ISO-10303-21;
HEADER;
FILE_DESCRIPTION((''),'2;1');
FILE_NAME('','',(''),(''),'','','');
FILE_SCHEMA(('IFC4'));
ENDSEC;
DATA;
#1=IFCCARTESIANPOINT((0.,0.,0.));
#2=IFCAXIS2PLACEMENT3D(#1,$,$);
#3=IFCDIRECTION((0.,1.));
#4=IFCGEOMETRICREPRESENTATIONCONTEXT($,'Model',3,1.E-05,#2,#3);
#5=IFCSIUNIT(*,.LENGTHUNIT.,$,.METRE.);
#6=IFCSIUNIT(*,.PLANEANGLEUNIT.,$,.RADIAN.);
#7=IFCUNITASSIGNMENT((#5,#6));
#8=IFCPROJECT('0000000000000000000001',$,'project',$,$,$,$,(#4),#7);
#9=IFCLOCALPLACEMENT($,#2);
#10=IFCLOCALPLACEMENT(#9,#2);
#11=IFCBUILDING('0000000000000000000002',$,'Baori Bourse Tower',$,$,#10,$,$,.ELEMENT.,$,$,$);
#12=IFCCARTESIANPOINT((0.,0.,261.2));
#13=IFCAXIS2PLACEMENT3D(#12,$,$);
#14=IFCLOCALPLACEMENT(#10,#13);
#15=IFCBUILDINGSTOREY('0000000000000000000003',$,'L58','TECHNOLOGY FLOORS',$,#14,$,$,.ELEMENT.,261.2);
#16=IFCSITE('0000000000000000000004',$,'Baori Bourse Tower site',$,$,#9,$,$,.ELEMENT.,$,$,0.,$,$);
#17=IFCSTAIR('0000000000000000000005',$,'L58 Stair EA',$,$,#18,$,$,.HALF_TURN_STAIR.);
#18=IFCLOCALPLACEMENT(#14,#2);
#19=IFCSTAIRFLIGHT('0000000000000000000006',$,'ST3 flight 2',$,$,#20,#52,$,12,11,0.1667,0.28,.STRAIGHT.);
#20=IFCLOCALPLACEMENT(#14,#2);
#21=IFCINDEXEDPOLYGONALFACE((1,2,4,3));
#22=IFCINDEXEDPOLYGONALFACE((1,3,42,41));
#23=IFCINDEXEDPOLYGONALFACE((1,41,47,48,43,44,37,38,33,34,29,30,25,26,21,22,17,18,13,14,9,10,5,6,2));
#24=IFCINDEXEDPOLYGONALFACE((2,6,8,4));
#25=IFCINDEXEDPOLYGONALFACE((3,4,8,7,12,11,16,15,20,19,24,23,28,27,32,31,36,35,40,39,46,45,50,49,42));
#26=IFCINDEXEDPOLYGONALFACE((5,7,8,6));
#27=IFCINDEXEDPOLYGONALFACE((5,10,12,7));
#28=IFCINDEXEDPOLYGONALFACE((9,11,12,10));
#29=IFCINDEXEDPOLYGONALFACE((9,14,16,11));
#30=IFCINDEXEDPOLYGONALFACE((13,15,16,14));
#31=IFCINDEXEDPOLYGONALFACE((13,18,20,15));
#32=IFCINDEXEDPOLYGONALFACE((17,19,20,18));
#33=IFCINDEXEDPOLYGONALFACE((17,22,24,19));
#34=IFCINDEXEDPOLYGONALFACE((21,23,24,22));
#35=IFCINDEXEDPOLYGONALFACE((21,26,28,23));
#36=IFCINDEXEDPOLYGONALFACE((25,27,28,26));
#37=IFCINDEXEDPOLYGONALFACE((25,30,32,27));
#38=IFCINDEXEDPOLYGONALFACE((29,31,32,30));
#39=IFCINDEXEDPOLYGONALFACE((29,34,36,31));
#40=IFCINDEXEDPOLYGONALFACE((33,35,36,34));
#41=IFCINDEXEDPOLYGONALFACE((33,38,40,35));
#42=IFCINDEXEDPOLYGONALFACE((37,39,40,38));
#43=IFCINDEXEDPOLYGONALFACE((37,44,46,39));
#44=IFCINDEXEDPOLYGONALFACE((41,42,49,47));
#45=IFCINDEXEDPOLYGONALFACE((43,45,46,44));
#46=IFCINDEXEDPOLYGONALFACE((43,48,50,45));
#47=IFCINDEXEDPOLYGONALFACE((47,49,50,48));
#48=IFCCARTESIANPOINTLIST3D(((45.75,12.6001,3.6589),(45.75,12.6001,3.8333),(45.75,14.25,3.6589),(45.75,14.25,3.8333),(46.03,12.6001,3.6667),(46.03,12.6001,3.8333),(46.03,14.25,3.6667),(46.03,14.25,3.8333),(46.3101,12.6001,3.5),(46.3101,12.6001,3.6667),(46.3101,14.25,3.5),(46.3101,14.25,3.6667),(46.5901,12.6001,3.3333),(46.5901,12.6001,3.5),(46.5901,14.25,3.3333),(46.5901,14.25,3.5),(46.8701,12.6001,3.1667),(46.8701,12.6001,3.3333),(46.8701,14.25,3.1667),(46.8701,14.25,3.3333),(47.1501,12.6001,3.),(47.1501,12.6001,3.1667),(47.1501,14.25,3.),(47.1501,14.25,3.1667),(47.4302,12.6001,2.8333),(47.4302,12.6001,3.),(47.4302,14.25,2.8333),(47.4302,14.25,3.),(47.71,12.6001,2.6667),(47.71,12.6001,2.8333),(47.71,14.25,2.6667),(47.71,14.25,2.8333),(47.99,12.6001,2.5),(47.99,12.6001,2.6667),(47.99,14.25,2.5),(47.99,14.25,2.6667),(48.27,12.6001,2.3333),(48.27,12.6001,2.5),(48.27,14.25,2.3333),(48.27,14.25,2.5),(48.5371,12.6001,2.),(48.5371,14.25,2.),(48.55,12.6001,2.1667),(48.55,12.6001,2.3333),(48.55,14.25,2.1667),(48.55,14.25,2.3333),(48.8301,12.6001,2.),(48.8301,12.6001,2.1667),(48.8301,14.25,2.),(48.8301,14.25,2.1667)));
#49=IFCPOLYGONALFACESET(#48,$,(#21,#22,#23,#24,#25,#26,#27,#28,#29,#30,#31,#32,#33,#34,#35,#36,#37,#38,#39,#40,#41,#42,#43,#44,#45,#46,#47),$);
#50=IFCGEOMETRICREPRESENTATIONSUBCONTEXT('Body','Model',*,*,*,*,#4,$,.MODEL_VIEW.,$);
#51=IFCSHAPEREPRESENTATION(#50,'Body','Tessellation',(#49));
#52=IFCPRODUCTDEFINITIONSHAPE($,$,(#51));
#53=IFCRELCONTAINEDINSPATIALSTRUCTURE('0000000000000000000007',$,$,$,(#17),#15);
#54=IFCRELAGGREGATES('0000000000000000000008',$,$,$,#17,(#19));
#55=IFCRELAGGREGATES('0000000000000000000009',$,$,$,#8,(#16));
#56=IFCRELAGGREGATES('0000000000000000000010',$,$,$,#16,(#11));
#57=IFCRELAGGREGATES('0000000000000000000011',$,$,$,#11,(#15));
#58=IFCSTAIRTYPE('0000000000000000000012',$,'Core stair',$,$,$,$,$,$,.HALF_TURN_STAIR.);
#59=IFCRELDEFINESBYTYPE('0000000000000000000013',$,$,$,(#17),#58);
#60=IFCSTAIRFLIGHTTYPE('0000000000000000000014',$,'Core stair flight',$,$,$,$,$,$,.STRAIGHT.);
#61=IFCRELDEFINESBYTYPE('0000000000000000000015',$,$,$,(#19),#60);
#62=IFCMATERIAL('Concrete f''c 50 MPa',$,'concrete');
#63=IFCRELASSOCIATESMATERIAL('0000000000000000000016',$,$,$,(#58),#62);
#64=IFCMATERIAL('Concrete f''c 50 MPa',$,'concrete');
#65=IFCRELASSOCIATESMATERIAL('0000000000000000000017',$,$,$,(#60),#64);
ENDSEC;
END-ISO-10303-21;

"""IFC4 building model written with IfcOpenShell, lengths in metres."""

from ifc_helpers import new_model, si_unit, direction, frame, origin, place, context, subcontext, project, spatial, polyline, outline, extrude, material, type_object, element, aggregate, save


model = new_model("IFC4")

# Units and contexts
model_context = context("Model", 3, precision=1e-05, world=origin(), true_north=direction((0.0, 1.0)))
body_context = subcontext(model_context, "Body", "Model", "MODEL_VIEW")
ifc_project = project(units=[si_unit("LENGTHUNIT", "METRE"), si_unit("PLANEANGLEUNIT", "RADIAN")], contexts=[model_context])

# Site, building, storey
site_placement = place(None, origin())
site = spatial("IfcSite", under=ifc_project, at=site_placement, Name="Baori Bourse Tower site", CompositionType="ELEMENT", RefElevation=0.0)
building_placement = place(site_placement, origin())
building = spatial("IfcBuilding", under=site, at=building_placement, Name="Baori Bourse Tower", CompositionType="ELEMENT")
storey_placement = place(building_placement, frame((0.0, 0.0, 261.2)))
storey = spatial("IfcBuildingStorey", under=building, at=storey_placement, Name="L58", Description="TECHNOLOGY FLOORS", CompositionType="ELEMENT", Elevation=261.2)

# Stair, stair flight
ifc_material_1 = material(Name="Concrete f'c 50 MPa", Category="concrete")
stair_type = type_object("IfcStairType", Name="Core stair", PredefinedType="HALF_TURN_STAIR", material=ifc_material_1)
stair_placement = place(storey_placement, origin())
stair = element("IfcStair", 1, at=stair_placement, inside=storey, type_object=stair_type, Name="L58 Stair EA", PredefinedType="HALF_TURN_STAIR")
ifc_material_2 = material(Name="Concrete f'c 50 MPa", Category="concrete")
stair_flight_type = type_object("IfcStairFlightType", Name="Core stair flight", PredefinedType="STRAIGHT", material=ifc_material_2)
stair_flight_1_placement = place(storey_placement, frame((48.8301, 13.425, 2.0), z_axis=(0.0, 0.0, 1.0), x_axis=(-1.0, 0.0, 0.0)))
stair_flight_1 = element("IfcStairFlight", 2, at=stair_flight_1_placement, type_object=stair_flight_type, Name="ST3 flight 2", NumberOfRisers=12, NumberOfTreads=11, PredefinedType="STRAIGHT", RiserHeight=0.1667, TreadLength=0.28, context=body_context, shape_type="SweptSolid", body=[
    extrude(outline(polyline([(0.0, 0.0), (0.0, 0.1667), (0.28, 0.1667), (0.28, 0.3333), (0.5601, 0.3333), (0.5601, 0.5), (0.8401, 0.5), (0.8401, 0.6667), (1.1201, 0.6667), (1.1201, 0.8333), (1.3999, 0.8333), (1.3999, 1.0), (1.6799, 1.0), (1.6799, 1.1667), (1.96, 1.1667), (1.96, 1.3333), (2.24, 1.3333), (2.24, 1.5), (2.52, 1.5), (2.52, 1.6667), (2.8, 1.6667), (2.8, 1.8333), (3.0801, 1.8333), (3.0801, 2.0), (3.0801, 1.6589), (0.293, 0.0), (0.0, 0.0)])), frame((0.0, 0.825, 0.0), z_axis=(0.0, -1.0, 0.0), x_axis=(1.0, 0.0, 0.0)), (0.0, 0.0, 1.0), 1.6499),
])
aggregate(stair, [stair_flight_1])

save(model, "model.ifc")
